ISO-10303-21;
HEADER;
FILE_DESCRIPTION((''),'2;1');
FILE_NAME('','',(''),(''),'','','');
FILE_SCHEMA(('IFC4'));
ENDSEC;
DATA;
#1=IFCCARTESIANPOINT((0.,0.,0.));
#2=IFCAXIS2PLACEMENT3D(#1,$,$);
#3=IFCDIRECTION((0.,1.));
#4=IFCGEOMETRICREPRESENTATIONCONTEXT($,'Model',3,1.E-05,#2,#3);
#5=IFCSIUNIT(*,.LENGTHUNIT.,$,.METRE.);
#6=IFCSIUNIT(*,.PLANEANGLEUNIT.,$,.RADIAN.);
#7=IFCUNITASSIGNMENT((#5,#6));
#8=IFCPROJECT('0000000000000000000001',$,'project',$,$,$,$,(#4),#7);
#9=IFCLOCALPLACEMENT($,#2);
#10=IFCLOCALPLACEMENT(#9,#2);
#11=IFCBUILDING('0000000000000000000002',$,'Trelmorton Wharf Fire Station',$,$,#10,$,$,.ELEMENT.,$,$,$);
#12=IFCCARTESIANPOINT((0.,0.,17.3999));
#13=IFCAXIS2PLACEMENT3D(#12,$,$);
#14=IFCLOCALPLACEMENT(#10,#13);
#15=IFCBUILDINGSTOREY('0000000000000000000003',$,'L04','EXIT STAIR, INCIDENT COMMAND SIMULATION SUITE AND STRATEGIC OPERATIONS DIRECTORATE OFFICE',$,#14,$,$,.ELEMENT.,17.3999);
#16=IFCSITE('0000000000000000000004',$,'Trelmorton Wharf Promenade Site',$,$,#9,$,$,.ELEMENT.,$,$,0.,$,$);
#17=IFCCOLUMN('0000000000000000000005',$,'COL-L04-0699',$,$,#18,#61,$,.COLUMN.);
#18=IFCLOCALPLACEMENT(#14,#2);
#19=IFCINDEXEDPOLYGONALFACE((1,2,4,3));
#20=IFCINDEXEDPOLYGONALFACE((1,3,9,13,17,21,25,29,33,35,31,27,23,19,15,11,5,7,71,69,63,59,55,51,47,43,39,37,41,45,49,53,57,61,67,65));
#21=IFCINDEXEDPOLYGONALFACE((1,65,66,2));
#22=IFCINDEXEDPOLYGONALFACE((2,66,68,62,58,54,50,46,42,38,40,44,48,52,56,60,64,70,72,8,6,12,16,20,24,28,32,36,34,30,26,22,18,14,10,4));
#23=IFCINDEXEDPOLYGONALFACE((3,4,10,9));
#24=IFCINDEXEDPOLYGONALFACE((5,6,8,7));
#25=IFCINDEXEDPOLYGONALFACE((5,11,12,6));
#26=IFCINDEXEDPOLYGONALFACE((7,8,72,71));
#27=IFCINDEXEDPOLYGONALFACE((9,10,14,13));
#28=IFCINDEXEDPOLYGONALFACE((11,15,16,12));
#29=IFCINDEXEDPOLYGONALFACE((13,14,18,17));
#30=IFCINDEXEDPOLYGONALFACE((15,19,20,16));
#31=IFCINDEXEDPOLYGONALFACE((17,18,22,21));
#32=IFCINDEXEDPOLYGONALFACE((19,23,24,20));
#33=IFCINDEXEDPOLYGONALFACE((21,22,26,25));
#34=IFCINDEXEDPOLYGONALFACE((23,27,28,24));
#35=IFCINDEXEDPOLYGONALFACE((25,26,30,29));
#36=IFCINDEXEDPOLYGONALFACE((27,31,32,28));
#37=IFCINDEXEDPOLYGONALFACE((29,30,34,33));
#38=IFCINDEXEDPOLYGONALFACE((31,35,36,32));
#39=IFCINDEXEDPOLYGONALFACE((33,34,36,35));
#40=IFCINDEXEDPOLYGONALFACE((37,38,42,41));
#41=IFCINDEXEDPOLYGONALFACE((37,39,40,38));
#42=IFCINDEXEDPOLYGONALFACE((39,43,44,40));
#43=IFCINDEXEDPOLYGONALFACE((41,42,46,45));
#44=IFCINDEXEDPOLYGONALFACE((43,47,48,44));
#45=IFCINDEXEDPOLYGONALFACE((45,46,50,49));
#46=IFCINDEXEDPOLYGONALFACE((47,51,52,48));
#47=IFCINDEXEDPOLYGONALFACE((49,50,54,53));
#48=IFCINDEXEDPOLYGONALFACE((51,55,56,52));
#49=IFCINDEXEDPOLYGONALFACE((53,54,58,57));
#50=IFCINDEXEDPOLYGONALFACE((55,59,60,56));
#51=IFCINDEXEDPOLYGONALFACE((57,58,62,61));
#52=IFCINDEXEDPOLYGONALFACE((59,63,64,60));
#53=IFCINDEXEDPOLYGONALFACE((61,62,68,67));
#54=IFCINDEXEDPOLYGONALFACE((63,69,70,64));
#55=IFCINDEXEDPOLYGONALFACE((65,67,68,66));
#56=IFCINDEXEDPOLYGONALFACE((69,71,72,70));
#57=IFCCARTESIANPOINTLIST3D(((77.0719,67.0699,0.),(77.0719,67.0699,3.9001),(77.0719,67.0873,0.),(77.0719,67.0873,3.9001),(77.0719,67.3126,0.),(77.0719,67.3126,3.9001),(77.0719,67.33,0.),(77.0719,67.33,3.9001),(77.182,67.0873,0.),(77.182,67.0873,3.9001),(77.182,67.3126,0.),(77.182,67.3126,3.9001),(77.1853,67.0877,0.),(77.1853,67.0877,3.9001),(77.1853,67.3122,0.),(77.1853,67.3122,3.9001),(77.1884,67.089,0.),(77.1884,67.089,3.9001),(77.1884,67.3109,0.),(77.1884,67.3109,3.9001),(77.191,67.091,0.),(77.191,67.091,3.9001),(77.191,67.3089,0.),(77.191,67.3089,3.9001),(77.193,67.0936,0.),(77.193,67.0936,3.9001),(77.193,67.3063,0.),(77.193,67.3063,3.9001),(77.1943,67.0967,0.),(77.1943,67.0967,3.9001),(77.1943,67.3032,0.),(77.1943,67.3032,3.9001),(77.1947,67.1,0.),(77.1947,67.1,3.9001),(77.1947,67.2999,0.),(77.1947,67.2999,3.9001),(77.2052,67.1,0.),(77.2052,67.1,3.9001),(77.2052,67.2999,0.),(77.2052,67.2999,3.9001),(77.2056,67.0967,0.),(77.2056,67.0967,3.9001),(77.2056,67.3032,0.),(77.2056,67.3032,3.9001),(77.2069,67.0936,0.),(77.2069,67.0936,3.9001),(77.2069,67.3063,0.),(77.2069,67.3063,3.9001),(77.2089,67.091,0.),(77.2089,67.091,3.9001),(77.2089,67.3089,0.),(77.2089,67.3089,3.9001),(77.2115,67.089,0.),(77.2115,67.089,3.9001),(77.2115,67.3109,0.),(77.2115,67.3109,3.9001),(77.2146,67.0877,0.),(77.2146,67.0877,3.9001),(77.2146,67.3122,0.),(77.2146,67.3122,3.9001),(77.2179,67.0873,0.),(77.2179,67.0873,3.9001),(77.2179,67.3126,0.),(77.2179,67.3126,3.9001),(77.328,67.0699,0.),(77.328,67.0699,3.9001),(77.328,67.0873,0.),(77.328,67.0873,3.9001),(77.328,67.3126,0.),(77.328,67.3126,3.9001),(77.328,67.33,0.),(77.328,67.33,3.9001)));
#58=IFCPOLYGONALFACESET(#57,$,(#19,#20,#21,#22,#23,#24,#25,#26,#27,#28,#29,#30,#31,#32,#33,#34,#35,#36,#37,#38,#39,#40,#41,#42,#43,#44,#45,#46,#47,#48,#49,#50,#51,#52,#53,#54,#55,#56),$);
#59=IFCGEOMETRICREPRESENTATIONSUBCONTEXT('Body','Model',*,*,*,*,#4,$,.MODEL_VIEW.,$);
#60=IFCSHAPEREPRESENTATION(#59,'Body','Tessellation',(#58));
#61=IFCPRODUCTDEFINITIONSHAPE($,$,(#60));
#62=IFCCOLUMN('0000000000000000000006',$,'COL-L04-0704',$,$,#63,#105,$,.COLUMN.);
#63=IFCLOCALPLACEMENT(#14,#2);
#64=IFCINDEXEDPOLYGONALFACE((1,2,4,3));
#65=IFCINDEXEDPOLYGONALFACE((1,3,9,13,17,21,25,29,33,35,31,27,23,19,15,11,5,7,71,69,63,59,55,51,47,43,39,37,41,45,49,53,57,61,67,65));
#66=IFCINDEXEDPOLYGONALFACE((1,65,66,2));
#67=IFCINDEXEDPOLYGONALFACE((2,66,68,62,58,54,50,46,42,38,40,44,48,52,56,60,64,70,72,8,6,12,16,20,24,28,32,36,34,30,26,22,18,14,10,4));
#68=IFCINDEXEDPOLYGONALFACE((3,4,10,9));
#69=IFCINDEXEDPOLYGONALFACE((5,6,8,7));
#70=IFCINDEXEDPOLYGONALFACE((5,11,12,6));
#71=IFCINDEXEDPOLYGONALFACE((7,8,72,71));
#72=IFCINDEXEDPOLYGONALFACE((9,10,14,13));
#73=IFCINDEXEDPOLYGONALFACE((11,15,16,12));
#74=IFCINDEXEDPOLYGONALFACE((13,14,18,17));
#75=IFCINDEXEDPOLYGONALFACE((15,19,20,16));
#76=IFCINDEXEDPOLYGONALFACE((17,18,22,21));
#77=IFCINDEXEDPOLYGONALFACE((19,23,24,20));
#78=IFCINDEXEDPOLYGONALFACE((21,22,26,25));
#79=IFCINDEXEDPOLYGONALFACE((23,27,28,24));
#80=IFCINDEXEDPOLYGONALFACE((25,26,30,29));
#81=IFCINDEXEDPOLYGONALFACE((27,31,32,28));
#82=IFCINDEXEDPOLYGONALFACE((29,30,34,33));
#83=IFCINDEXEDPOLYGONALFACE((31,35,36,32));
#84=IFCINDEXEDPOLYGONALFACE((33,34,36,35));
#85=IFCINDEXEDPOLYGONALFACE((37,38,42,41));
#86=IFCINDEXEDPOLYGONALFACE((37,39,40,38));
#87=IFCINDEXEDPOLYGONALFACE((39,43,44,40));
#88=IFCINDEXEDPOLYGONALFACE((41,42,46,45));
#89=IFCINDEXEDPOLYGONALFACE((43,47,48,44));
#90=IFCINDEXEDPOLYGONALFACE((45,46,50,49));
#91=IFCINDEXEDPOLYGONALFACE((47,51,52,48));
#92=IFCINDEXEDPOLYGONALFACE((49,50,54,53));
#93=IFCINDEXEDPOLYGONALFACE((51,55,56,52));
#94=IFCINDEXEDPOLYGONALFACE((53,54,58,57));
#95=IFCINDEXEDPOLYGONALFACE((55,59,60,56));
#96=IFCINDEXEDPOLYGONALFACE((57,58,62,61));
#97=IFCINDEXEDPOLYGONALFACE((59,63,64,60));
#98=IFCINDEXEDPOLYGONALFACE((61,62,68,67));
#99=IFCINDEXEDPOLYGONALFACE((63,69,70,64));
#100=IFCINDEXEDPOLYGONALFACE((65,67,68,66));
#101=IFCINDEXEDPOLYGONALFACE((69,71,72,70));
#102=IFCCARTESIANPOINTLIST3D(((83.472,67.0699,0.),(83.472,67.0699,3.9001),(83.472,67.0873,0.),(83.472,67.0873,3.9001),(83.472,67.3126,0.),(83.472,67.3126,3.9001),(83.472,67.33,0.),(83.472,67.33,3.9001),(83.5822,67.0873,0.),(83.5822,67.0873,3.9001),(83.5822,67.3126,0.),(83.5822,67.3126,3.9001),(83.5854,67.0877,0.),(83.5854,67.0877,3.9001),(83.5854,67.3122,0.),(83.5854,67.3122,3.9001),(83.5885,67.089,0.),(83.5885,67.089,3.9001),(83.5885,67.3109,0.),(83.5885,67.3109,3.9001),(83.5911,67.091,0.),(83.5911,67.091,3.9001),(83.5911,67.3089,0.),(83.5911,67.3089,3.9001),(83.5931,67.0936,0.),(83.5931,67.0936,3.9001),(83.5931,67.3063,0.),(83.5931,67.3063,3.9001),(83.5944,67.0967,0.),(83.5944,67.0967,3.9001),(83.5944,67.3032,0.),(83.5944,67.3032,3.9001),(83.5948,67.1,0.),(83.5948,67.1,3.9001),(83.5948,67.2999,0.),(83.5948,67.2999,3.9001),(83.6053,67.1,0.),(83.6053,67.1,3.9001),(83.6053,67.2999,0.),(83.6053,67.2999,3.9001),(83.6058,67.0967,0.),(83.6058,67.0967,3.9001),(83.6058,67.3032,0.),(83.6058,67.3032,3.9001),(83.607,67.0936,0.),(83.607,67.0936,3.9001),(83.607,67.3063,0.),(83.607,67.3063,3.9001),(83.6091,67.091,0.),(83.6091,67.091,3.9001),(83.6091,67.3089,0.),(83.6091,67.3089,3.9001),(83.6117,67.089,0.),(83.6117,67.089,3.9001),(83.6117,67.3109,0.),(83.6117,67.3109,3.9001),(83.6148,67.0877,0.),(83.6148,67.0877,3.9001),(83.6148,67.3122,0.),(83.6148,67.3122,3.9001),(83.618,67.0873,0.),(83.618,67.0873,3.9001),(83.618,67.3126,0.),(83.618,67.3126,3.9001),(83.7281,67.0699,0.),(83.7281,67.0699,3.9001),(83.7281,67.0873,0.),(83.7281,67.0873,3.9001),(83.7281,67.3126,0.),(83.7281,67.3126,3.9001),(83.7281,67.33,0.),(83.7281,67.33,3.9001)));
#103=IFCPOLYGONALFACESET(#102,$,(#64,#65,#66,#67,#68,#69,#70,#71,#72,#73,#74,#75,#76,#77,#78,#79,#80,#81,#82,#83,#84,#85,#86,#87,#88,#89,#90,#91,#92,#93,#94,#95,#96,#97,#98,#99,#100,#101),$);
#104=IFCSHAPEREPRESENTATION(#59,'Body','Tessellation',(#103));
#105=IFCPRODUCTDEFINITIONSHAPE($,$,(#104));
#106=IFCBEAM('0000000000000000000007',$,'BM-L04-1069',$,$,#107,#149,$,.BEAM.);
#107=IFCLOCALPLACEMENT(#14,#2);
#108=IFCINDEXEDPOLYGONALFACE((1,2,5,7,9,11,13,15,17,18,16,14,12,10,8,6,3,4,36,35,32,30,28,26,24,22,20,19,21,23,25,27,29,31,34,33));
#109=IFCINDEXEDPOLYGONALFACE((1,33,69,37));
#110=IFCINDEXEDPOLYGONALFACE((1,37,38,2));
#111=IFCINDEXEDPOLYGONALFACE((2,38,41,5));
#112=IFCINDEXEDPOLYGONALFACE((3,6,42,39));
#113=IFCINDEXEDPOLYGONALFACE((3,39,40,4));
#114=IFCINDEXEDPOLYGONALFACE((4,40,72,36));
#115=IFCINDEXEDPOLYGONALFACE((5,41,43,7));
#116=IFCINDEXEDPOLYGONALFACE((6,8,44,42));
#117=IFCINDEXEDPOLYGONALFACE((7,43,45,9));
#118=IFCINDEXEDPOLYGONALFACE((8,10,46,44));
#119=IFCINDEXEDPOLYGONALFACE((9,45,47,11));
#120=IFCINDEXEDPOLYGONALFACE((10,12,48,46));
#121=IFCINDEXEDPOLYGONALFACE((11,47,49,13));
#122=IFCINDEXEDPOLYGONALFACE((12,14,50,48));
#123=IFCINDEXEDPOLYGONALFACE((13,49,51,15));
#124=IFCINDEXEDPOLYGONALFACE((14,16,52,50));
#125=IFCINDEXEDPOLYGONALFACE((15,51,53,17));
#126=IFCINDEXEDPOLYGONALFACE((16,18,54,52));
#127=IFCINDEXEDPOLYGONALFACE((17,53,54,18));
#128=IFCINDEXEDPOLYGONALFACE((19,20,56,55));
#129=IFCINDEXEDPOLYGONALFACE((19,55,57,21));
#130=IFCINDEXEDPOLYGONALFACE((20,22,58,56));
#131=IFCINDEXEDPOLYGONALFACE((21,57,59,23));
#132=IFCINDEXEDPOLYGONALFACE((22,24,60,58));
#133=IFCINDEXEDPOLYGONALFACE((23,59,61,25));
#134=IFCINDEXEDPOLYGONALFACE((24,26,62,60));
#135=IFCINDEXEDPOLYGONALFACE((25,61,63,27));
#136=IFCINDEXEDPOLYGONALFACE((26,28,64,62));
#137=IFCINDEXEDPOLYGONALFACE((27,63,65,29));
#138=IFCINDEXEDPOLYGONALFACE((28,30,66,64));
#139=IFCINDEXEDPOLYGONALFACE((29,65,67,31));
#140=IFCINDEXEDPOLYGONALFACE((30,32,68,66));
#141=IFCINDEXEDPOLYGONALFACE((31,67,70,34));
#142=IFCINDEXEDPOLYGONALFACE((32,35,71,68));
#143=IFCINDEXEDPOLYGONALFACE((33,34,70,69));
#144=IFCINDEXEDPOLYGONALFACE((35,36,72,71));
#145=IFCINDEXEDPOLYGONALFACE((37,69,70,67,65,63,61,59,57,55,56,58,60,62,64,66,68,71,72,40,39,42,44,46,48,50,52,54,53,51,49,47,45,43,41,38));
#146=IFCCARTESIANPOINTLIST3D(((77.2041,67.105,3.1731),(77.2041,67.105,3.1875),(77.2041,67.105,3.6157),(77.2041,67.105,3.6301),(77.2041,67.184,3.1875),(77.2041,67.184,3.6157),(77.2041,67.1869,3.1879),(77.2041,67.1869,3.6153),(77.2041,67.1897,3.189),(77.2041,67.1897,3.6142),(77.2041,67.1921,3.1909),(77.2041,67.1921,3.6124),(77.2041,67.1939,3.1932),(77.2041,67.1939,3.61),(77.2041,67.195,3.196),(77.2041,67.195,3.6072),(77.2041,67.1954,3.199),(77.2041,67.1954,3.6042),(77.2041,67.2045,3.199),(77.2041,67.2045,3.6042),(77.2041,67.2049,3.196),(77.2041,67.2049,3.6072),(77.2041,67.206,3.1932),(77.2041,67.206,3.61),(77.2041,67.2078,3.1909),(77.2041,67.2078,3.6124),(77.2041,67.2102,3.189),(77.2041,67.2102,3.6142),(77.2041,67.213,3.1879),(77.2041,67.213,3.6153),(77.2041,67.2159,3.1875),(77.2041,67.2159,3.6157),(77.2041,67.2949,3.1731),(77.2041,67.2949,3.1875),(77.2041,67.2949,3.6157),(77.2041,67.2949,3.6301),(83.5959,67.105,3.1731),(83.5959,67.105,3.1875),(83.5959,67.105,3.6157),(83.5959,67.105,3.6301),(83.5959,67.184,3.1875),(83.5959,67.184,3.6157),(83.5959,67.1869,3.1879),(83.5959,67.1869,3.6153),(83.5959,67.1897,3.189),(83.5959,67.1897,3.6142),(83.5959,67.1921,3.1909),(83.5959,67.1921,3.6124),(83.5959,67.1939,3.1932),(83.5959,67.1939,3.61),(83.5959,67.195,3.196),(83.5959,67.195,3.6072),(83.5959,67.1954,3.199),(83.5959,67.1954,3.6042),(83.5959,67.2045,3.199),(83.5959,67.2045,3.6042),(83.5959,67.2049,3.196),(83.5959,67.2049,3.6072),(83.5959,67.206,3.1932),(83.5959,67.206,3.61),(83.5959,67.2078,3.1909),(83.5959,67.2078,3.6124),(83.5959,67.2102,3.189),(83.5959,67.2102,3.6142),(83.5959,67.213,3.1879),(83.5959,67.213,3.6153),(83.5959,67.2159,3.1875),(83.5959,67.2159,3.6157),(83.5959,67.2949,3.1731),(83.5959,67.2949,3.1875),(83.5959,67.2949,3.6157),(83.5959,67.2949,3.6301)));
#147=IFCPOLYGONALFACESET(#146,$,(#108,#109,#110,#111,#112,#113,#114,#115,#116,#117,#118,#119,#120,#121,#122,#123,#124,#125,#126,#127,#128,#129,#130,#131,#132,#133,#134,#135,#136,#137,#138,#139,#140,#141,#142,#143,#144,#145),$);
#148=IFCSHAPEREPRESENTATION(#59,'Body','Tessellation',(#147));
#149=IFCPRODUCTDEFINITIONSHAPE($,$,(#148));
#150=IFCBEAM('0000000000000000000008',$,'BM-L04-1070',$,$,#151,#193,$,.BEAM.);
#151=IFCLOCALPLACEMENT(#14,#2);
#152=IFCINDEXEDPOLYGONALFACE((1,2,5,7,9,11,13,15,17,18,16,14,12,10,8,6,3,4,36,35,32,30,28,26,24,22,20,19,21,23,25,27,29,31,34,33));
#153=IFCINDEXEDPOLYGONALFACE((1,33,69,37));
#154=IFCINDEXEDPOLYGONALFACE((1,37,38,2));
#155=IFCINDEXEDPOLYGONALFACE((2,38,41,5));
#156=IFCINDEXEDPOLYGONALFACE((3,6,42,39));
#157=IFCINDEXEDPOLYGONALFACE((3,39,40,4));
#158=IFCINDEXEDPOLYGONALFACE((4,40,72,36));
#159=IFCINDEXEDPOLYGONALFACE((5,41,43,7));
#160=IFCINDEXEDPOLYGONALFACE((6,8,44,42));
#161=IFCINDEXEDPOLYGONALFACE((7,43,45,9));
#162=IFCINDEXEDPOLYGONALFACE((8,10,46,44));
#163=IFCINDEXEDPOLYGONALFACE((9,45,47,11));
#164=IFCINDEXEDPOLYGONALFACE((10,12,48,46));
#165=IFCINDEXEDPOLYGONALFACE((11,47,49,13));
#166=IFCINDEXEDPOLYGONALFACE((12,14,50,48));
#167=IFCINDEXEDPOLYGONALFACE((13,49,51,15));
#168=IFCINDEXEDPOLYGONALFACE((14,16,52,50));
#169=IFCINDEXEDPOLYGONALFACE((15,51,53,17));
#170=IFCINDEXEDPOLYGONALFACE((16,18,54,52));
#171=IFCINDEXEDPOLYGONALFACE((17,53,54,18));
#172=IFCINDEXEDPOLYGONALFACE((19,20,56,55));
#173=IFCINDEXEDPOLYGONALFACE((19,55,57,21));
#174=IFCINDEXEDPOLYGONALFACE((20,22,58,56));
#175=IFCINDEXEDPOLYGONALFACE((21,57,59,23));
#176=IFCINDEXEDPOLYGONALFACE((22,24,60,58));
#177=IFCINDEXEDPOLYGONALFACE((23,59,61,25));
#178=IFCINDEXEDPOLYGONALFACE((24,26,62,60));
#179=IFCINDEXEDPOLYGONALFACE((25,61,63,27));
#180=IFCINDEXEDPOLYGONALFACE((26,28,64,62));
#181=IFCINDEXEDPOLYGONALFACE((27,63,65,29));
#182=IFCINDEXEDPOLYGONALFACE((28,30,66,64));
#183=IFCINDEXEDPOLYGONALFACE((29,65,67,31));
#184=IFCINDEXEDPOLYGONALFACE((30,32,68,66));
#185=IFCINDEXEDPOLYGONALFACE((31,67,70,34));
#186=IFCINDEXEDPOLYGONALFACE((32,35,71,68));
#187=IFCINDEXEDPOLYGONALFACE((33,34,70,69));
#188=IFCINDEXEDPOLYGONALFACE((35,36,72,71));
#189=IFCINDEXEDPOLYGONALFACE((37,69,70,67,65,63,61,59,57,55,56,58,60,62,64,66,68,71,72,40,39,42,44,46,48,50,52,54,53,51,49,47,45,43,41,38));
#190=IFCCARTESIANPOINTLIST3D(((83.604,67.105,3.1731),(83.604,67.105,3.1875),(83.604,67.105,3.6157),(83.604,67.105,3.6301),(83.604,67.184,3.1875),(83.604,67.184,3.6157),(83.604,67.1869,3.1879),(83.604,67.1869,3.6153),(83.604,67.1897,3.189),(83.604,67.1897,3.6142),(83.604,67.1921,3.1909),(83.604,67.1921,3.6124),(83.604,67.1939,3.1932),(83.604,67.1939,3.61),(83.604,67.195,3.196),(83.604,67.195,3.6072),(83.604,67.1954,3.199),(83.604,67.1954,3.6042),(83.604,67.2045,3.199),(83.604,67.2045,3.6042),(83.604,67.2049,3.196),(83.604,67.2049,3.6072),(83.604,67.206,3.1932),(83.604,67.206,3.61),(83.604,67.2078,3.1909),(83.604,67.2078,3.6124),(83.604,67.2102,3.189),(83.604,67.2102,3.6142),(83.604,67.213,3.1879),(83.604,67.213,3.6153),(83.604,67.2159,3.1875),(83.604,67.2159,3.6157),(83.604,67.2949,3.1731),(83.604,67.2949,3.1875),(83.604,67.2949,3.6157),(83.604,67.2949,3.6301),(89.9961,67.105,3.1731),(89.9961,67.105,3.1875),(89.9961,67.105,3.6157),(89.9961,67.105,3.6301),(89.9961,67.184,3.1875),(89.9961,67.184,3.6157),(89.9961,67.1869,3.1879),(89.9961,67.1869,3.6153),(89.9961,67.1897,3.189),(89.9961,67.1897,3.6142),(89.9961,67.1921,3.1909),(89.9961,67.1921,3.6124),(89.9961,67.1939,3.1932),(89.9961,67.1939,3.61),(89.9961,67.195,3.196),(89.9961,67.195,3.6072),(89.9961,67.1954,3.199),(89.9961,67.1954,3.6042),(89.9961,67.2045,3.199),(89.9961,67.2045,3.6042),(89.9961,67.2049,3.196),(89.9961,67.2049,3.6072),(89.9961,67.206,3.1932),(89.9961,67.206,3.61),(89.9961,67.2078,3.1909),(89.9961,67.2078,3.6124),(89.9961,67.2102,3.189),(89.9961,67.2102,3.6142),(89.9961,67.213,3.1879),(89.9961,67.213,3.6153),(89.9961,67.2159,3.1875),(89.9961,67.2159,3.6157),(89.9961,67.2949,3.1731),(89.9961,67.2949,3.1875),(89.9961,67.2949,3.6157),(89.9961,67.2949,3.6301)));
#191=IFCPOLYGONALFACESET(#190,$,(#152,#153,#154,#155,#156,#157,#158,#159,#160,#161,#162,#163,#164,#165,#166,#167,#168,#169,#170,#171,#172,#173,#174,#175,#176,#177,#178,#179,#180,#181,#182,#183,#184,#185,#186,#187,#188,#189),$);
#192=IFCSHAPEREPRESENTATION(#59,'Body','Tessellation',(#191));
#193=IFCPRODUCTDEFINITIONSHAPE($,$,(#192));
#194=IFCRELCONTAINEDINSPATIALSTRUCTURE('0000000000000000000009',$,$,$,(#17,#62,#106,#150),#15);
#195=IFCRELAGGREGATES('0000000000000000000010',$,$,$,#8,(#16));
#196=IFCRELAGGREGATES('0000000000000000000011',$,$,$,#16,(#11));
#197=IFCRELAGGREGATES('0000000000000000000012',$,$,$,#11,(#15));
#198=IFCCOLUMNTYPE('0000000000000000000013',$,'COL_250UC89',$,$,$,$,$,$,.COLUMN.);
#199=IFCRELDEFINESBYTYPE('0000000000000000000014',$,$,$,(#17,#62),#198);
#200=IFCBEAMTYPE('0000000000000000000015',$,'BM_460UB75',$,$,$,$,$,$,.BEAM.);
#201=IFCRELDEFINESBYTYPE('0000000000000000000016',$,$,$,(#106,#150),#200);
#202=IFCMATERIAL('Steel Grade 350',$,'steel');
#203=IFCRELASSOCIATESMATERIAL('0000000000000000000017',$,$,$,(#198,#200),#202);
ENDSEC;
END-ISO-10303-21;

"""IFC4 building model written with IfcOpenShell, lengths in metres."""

from ifc_helpers import new_model, si_unit, direction, frame, origin, origin_2d, place, context, subcontext, project, spatial, i_section, extrude, material, material_profile, profile_set, type_object, element, save


model = new_model("IFC4")

# Units and contexts
model_context = context("Model", 3, precision=1e-05, world=origin(), true_north=direction((0.0, 1.0)))
body_context = subcontext(model_context, "Body", "Model", "MODEL_VIEW")
ifc_project = project(units=[si_unit("LENGTHUNIT", "METRE"), si_unit("PLANEANGLEUNIT", "RADIAN")], contexts=[model_context])

# Site, building, storey
site_placement = place(None, origin())
site = spatial("IfcSite", under=ifc_project, at=site_placement, Name="Trelmorton Wharf Promenade Site", CompositionType="ELEMENT", RefElevation=0.0)
building_placement = place(site_placement, origin())
building = spatial("IfcBuilding", under=site, at=building_placement, Name="Trelmorton Wharf Fire Station", CompositionType="ELEMENT")
storey_placement = place(building_placement, frame((0.0, 0.0, 17.3999)))
storey = spatial("IfcBuildingStorey", under=building, at=storey_placement, Name="L04", Description="EXIT STAIR, INCIDENT COMMAND SIMULATION SUITE AND STRATEGIC OPERATIONS DIRECTORATE OFFICE", CompositionType="ELEMENT", Elevation=17.3999)

# Columns
ifc_material_1 = material(Name="Steel Grade 350", Category="steel")
ifc_material_profile_1 = material_profile(ifc_material_1, i_section(OverallWidth=0.2561, OverallDepth=0.26, WebThickness=0.0105, FlangeThickness=0.0173, FilletRadius=0.0127, at=origin_2d()), Name="250UC89.5")
ifc_profile_set_1 = profile_set([ifc_material_profile_1], Name="Steel Grade 350")
column_type = type_object("IfcColumnType", Name="COL_250UC89", PredefinedType="COLUMN", material=ifc_profile_set_1)
for number, where, z_axis, x_axis, name in (
    (1, (77.2, 67.2, 0.0), (0.0, 0.0, 1.0), (1.0, 0.0, 0.0), "COL-L04-0699"),
    (2, (83.6001, 67.2, 0.0), (0.0, 0.0, 1.0), (1.0, 0.0, 0.0), "COL-L04-0704"),
):
    element("IfcColumn", number, at=place(storey_placement, frame(where, z_axis=z_axis, x_axis=x_axis)), inside=storey, type_object=column_type, Name=name, PredefinedType="COLUMN", context=body_context, shape_type="SweptSolid", body=[
        extrude(i_section(OverallWidth=0.2561, OverallDepth=0.26, WebThickness=0.0105, FlangeThickness=0.0173, FilletRadius=0.0127, at=origin_2d()), origin(), (0.0, 0.0, 1.0), 3.9001),
    ])

# Beams
ifc_material_profile_2 = material_profile(ifc_material_1, i_section(OverallWidth=0.1899, OverallDepth=0.457, WebThickness=0.009, FlangeThickness=0.0144, FilletRadius=0.0115, at=origin_2d()), Name="460UB74.6")
ifc_profile_set_2 = profile_set([ifc_material_profile_2], Name="Steel Grade 350")
beam_type_1 = type_object("IfcBeamType", Name="BM_460UB75", PredefinedType="BEAM", material=ifc_profile_set_2)
beam_1_placement = place(storey_placement, frame((77.2041, 67.2, 3.4016), z_axis=(1.0, 0.0, 0.0), x_axis=(0.0, 1.0, 0.0)))
element("IfcBeam", 3, at=beam_1_placement, inside=storey, type_object=beam_type_1, Name="BM-L04-1069", PredefinedType="BEAM", context=body_context, shape_type="SweptSolid", body=[
    extrude(i_section(OverallWidth=0.1899, OverallDepth=0.457, WebThickness=0.009, FlangeThickness=0.0144, FilletRadius=0.0115, at=origin_2d()), origin(), (0.0, 0.0, 1.0), 6.3918),
])
beam_2_placement = place(storey_placement, frame((83.604, 67.2, 3.4016), z_axis=(1.0, 0.0, 0.0), x_axis=(0.0, 1.0, 0.0)))
element("IfcBeam", 4, at=beam_2_placement, inside=storey, type_object=beam_type_1, Name="BM-L04-1070", PredefinedType="BEAM", context=body_context, shape_type="SweptSolid", body=[
    extrude(i_section(OverallWidth=0.1899, OverallDepth=0.457, WebThickness=0.009, FlangeThickness=0.0144, FilletRadius=0.0115, at=origin_2d()), origin(), (0.0, 0.0, 1.0), 6.3921),
])

save(model, "model.ifc")
